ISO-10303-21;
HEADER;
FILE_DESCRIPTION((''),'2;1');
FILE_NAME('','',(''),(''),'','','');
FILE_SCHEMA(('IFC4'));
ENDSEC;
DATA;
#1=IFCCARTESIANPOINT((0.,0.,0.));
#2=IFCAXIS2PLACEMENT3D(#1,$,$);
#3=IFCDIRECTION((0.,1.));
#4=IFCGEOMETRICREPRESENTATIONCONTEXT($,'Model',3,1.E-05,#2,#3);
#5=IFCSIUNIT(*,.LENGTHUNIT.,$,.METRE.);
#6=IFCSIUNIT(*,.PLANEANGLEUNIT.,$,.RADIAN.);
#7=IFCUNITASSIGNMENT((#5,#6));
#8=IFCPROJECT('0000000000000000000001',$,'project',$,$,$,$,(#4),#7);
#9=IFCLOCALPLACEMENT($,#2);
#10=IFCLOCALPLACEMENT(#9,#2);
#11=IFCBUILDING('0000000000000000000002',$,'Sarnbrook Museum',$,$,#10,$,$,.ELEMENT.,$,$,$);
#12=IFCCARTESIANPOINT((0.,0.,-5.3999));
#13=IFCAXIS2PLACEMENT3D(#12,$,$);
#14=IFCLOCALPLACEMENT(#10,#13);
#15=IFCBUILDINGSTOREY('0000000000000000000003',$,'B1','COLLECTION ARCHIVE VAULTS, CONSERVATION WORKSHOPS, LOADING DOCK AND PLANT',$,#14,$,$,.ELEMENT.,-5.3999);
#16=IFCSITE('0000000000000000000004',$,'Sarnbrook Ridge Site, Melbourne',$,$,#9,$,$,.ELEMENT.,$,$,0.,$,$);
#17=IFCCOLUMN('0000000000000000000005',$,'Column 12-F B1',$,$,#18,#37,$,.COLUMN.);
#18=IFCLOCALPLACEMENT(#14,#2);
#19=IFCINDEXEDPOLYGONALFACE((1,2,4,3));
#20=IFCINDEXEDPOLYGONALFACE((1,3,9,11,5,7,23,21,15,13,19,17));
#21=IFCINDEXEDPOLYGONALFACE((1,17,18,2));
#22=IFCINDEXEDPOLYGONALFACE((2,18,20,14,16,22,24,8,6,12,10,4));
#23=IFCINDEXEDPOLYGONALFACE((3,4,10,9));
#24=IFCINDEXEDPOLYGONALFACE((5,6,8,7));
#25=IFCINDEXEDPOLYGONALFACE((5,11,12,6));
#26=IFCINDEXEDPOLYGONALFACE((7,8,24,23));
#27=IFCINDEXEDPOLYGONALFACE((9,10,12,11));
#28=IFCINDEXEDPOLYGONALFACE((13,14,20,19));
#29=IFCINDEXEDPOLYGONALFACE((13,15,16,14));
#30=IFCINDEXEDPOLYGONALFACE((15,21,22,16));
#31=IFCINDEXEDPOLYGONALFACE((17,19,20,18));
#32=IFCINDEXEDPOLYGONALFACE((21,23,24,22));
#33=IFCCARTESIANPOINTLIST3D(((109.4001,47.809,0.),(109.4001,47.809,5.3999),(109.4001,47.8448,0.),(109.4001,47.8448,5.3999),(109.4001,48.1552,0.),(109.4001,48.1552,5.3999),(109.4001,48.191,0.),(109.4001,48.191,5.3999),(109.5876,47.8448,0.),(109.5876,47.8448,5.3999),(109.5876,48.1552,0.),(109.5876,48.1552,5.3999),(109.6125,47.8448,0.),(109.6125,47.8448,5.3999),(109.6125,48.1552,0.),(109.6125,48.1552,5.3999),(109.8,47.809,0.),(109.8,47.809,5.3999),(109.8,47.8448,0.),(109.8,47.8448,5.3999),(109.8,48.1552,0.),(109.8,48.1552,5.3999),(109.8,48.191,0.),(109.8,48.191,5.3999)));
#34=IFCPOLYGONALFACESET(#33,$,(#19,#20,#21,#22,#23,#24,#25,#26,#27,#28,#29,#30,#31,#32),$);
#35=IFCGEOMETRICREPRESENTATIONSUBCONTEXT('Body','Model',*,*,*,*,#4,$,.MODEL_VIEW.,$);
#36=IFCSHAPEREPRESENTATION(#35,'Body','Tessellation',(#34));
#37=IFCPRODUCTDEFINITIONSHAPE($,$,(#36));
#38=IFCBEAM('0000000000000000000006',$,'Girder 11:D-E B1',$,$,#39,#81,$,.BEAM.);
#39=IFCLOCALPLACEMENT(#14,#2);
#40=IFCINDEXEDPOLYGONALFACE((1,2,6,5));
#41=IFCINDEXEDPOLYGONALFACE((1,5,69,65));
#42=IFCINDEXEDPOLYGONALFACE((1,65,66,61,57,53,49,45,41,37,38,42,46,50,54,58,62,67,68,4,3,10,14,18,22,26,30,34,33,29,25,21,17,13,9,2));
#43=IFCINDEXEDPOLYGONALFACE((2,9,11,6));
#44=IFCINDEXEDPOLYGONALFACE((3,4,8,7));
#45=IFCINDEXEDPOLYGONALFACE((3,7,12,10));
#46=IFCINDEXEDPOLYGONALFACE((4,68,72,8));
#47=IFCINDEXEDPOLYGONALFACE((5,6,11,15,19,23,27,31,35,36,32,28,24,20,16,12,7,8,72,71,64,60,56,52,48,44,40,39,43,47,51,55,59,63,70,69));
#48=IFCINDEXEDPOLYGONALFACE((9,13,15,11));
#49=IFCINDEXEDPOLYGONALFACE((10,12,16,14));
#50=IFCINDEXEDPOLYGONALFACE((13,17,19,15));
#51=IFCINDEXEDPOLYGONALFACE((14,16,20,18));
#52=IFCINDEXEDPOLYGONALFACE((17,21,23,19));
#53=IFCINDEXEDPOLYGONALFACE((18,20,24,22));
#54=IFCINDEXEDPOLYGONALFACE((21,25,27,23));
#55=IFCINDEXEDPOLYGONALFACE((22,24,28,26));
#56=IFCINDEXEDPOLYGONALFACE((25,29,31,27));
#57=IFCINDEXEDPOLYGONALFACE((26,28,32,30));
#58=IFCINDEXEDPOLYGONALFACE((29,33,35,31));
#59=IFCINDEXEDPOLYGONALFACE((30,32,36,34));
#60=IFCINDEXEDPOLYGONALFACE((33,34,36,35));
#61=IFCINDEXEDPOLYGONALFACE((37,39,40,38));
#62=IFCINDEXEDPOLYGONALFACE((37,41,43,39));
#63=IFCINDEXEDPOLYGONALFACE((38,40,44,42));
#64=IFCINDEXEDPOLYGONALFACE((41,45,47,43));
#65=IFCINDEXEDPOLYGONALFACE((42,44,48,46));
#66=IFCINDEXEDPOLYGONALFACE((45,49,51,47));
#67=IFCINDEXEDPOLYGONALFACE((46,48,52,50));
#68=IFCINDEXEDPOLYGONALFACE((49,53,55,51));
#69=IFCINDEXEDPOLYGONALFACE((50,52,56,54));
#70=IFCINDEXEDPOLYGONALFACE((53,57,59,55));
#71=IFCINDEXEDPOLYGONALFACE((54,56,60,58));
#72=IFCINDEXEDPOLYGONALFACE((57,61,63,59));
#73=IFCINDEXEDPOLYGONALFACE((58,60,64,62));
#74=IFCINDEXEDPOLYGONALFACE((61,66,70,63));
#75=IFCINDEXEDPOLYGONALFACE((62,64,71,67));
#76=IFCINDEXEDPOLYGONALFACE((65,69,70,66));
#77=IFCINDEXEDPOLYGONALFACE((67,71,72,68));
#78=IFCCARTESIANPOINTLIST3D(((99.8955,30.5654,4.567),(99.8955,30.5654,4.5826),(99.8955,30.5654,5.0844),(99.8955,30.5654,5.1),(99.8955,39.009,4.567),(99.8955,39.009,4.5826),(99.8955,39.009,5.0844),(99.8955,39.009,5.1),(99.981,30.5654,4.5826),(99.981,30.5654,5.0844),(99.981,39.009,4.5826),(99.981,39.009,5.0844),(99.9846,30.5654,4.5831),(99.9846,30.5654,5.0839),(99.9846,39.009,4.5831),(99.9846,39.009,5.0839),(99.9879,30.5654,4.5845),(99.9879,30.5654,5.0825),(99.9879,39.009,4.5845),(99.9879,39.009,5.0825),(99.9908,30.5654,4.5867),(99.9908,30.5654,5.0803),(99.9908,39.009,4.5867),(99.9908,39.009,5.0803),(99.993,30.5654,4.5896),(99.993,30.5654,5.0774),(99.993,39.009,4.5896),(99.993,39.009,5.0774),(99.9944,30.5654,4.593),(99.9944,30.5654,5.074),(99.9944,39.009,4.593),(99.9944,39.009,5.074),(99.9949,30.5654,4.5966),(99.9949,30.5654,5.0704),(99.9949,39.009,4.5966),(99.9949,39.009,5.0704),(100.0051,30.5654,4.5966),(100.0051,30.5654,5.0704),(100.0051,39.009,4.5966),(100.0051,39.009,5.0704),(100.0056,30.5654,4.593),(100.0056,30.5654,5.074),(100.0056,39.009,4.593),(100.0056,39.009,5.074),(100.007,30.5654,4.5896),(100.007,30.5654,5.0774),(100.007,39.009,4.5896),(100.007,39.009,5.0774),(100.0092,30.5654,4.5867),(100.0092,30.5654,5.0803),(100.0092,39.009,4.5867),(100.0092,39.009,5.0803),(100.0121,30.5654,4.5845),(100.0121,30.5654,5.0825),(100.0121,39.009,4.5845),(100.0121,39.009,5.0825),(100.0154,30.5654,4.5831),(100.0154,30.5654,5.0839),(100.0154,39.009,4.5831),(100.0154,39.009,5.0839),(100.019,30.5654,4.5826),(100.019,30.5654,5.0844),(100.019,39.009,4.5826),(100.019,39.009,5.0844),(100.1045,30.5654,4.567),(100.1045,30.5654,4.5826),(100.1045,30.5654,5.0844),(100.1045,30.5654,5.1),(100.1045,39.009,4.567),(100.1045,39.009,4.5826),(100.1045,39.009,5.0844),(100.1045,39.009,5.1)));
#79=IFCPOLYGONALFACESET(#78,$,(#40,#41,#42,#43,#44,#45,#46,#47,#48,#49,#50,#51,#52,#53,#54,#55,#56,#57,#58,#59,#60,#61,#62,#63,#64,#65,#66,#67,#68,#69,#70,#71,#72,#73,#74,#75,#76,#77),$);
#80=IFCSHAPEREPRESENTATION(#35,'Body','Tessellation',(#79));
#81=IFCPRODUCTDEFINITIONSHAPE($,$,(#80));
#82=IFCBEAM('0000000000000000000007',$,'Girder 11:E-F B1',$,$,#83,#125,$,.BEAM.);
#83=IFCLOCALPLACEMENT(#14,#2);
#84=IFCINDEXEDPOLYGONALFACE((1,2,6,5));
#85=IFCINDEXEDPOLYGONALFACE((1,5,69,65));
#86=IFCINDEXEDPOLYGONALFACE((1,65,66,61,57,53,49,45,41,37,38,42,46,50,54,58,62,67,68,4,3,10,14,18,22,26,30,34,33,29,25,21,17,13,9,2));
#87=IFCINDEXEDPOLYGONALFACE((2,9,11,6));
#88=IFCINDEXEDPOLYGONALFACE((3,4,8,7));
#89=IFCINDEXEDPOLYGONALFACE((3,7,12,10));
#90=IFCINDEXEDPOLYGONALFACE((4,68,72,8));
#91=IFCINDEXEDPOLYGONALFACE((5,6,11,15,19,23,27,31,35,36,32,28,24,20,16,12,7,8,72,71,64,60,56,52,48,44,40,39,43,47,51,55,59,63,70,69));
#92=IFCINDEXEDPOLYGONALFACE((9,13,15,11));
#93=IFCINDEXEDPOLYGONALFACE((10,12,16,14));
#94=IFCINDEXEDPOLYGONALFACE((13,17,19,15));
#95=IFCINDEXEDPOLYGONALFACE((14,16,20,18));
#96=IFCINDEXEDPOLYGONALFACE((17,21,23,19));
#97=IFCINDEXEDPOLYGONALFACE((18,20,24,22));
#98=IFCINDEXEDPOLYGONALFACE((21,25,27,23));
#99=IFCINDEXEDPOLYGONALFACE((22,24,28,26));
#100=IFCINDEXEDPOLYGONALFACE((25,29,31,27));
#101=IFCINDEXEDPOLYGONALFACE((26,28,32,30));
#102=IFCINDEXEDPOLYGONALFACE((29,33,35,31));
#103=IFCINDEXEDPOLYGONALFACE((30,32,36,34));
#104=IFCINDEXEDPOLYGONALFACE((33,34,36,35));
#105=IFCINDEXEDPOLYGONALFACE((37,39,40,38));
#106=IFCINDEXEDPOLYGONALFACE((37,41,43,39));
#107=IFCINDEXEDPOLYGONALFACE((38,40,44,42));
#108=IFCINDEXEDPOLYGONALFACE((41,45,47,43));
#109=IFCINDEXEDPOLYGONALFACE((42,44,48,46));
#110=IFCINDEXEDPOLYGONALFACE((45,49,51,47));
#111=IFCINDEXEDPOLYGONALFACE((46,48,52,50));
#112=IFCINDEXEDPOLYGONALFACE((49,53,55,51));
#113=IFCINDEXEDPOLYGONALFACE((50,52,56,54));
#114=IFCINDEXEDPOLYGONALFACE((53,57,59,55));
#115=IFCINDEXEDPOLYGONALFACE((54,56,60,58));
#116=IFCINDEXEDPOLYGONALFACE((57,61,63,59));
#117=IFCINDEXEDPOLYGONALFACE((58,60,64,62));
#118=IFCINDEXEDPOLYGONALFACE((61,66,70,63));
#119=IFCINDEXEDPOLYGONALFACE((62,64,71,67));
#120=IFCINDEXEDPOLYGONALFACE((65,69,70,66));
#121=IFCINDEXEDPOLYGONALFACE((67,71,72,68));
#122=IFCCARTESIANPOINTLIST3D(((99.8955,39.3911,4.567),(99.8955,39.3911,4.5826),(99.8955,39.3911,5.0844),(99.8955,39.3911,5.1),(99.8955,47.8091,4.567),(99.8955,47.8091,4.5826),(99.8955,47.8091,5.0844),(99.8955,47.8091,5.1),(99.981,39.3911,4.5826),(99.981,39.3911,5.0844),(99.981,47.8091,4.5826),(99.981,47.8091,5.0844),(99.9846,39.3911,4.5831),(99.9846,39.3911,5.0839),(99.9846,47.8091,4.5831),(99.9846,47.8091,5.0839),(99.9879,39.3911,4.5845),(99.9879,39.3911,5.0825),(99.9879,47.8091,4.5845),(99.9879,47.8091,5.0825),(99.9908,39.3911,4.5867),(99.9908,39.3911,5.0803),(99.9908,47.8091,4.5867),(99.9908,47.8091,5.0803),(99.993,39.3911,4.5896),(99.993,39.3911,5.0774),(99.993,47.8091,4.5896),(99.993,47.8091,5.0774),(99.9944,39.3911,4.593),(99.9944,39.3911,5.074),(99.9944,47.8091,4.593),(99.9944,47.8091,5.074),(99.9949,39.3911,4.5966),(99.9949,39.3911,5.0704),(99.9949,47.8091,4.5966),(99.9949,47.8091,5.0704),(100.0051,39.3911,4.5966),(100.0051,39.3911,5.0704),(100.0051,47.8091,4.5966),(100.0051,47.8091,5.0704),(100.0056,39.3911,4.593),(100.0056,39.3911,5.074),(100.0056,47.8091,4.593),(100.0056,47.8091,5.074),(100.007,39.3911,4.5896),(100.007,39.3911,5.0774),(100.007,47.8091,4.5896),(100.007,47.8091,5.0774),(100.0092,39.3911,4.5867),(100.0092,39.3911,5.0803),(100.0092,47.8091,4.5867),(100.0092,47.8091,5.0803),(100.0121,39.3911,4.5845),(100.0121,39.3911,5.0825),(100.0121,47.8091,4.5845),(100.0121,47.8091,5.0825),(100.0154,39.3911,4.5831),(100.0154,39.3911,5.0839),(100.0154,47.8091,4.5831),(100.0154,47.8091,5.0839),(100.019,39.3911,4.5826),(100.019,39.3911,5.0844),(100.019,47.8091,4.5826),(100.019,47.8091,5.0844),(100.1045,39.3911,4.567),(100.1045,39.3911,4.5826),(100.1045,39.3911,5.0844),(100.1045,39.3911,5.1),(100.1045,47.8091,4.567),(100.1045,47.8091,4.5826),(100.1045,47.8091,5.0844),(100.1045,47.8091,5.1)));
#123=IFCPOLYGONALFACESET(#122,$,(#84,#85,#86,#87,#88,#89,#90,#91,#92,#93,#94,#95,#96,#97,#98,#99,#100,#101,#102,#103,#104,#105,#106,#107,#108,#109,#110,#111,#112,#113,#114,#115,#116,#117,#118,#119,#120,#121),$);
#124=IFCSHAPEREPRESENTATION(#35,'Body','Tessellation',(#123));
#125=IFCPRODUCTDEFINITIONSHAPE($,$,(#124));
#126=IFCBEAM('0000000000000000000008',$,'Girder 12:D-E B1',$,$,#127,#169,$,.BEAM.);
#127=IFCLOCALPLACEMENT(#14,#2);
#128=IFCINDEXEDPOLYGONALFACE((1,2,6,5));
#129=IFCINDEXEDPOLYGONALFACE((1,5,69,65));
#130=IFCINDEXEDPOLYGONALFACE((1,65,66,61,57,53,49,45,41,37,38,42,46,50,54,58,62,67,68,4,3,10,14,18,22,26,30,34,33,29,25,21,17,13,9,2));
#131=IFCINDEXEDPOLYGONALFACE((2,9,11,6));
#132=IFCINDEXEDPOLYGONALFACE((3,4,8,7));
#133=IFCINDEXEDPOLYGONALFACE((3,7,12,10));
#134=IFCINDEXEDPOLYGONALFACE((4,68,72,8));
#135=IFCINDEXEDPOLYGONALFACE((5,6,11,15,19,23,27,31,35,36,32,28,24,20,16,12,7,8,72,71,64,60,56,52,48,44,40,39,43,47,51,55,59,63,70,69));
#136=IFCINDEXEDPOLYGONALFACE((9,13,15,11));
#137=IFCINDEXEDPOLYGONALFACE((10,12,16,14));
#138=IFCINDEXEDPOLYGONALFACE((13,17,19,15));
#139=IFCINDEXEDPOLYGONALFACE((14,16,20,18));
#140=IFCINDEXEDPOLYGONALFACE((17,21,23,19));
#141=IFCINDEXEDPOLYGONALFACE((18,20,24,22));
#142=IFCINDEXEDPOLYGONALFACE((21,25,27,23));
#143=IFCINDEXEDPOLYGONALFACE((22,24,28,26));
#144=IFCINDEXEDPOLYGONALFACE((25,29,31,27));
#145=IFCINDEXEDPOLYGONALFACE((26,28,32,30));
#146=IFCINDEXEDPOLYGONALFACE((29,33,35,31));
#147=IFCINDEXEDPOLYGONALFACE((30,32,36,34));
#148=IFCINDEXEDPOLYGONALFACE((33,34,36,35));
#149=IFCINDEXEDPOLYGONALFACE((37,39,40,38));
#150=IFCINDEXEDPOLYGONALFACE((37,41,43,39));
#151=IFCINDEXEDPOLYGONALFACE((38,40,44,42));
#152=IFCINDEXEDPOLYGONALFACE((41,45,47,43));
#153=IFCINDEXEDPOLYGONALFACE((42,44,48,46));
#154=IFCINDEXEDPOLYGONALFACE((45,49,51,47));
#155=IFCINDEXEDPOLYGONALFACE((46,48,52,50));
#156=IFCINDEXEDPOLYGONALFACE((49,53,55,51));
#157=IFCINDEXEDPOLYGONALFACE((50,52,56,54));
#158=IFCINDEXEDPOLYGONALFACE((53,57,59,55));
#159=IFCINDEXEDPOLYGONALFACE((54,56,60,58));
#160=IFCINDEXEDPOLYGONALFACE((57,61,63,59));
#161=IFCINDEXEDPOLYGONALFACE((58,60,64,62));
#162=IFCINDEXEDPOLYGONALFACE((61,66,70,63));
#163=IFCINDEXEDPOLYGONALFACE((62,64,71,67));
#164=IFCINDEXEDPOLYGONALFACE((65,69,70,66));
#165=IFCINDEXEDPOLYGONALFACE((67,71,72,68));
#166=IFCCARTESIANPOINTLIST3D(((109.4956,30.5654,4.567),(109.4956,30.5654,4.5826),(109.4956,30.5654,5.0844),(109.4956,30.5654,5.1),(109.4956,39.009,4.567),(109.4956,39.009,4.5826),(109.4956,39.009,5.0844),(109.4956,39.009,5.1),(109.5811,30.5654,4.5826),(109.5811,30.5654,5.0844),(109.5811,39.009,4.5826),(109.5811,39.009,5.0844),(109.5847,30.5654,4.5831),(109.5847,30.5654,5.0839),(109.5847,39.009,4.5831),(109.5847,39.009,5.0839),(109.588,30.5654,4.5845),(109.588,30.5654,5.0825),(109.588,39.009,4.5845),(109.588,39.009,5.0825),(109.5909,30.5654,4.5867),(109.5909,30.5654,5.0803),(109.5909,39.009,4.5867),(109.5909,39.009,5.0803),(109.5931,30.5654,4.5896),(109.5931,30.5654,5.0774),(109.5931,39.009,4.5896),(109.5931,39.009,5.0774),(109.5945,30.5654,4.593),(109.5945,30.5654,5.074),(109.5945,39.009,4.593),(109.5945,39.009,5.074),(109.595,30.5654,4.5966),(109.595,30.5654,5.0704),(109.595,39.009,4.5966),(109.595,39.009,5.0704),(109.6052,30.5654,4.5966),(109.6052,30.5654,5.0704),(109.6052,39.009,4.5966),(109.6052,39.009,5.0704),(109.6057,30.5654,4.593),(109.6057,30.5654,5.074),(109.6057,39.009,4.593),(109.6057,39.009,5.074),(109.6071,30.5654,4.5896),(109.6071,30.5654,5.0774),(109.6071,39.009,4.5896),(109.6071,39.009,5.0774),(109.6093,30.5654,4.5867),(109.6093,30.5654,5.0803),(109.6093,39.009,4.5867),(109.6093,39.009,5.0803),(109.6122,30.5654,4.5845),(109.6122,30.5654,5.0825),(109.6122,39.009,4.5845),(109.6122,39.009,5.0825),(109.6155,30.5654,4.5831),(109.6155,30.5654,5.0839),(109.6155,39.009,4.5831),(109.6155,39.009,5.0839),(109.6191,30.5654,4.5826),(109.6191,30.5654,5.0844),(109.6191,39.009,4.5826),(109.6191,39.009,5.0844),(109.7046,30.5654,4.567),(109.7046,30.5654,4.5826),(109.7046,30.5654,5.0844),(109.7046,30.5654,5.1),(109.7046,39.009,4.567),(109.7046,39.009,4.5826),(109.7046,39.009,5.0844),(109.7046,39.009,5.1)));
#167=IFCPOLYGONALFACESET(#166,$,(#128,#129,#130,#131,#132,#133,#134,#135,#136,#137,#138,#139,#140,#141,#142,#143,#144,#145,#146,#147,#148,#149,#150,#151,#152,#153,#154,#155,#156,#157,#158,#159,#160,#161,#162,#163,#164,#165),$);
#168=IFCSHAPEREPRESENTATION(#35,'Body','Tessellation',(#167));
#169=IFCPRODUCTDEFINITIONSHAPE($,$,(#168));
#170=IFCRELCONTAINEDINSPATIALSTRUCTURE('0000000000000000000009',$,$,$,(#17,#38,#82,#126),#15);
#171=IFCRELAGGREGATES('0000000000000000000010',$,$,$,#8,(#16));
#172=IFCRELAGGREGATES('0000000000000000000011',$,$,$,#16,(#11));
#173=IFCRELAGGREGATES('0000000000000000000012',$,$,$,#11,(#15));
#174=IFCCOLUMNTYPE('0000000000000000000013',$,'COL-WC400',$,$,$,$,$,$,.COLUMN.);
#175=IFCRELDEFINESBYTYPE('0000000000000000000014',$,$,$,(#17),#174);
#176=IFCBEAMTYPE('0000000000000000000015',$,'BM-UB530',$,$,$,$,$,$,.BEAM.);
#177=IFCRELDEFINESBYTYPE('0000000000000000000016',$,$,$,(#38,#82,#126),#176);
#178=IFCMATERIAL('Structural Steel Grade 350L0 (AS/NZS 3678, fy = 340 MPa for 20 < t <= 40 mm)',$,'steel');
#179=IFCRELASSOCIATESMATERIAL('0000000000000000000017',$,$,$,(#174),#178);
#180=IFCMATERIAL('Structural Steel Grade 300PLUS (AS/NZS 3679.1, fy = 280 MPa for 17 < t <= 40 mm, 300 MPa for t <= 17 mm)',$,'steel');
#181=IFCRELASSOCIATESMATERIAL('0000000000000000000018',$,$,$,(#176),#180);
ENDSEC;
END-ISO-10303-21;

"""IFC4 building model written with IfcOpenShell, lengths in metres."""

from ifc_helpers import new_model, si_unit, direction, frame, origin, origin_2d, place, context, subcontext, project, spatial, i_section, extrude, material, material_profile, profile_set, type_object, element, save


model = new_model("IFC4")

# Units and contexts
model_context = context("Model", 3, precision=1e-05, world=origin(), true_north=direction((0.0, 1.0)))
body_context = subcontext(model_context, "Body", "Model", "MODEL_VIEW")
ifc_project = project(units=[si_unit("LENGTHUNIT", "METRE"), si_unit("PLANEANGLEUNIT", "RADIAN")], contexts=[model_context])

# Site, building, storey
site_placement = place(None, origin())
site = spatial("IfcSite", under=ifc_project, at=site_placement, Name="Sarnbrook Ridge Site, Melbourne", CompositionType="ELEMENT", RefElevation=0.0)
building_placement = place(site_placement, origin())
building = spatial("IfcBuilding", under=site, at=building_placement, Name="Sarnbrook Museum", CompositionType="ELEMENT")
storey_placement = place(building_placement, frame((0.0, 0.0, -5.3999)))
storey = spatial("IfcBuildingStorey", under=building, at=storey_placement, Name="B1", Description="COLLECTION ARCHIVE VAULTS, CONSERVATION WORKSHOPS, LOADING DOCK AND PLANT", CompositionType="ELEMENT", Elevation=-5.3999)

# Column
ifc_material_1 = material(Name="Structural Steel Grade 350L0 (AS/NZS 3678, fy = 340 MPa for 20 < t <= 40 mm)", Category="steel")
ifc_material_profile_1 = material_profile(ifc_material_1, i_section(OverallWidth=0.3999, OverallDepth=0.3821, WebThickness=0.0249, FlangeThickness=0.0359, at=origin_2d()), Name="400WC270")
ifc_profile_set_1 = profile_set([ifc_material_profile_1], Name="Structural Steel Grade 350L0 (AS/NZS 3678, fy = 340 MPa for 20 < t <= 40 mm)")
column_type = type_object("IfcColumnType", Name="COL-WC400", PredefinedType="COLUMN", material=ifc_profile_set_1)
for number, where, z_axis, x_axis, name in (
    (1, (109.6001, 48.0, 0.0), (0.0, 0.0, 1.0), (1.0, 0.0, 0.0), "Column 12-F B1"),
):
    element("IfcColumn", number, at=place(storey_placement, frame(where, z_axis=z_axis, x_axis=x_axis)), inside=storey, type_object=column_type, Name=name, PredefinedType="COLUMN", context=body_context, shape_type="SweptSolid", body=[
        extrude(i_section(OverallWidth=0.3999, OverallDepth=0.3821, WebThickness=0.0249, FlangeThickness=0.0359, at=origin_2d()), origin(), (0.0, 0.0, 1.0), 5.3999),
    ])

# Beams
ifc_material_2 = material(Name="Structural Steel Grade 300PLUS (AS/NZS 3679.1, fy = 280 MPa for 17 < t <= 40 mm, 300 MPa for t <= 17 mm)", Category="steel")
ifc_material_profile_2 = material_profile(ifc_material_2, i_section(OverallWidth=0.209, OverallDepth=0.533, WebThickness=0.0103, FlangeThickness=0.0156, FilletRadius=0.0139, at=origin_2d()), Name="530UB92.4")
ifc_profile_set_2 = profile_set([ifc_material_profile_2], Name="Structural Steel Grade 300PLUS (AS/NZS 3679.1, fy = 280 MPa for 17 < t <= 40 mm, 300 MPa for t <= 17 mm)")
beam_type_1 = type_object("IfcBeamType", Name="BM-UB530", PredefinedType="BEAM", material=ifc_profile_set_2)
beam_1_placement = place(storey_placement, frame((100.0, 30.5654, 4.8335), z_axis=(0.0, 1.0, 0.0), x_axis=(-1.0, 0.0, 0.0)))
element("IfcBeam", 2, at=beam_1_placement, inside=storey, type_object=beam_type_1, Name="Girder 11:D-E B1", PredefinedType="BEAM", context=body_context, shape_type="SweptSolid", body=[
    extrude(i_section(OverallWidth=0.209, OverallDepth=0.533, WebThickness=0.0103, FlangeThickness=0.0156, FilletRadius=0.0139, at=origin_2d()), origin(), (0.0, 0.0, 1.0), 8.4436),
])
beam_2_placement = place(storey_placement, frame((100.0, 39.3911, 4.8335), z_axis=(0.0, 1.0, 0.0), x_axis=(-1.0, 0.0, 0.0)))
element("IfcBeam", 3, at=beam_2_placement, inside=storey, type_object=beam_type_1, Name="Girder 11:E-F B1", PredefinedType="BEAM", context=body_context, shape_type="SweptSolid", body=[
    extrude(i_section(OverallWidth=0.209, OverallDepth=0.533, WebThickness=0.0103, FlangeThickness=0.0156, FilletRadius=0.0139, at=origin_2d()), origin(), (0.0, 0.0, 1.0), 8.418),
])
beam_3_placement = place(storey_placement, frame((109.6001, 30.5654, 4.8335), z_axis=(0.0, 1.0, 0.0), x_axis=(-1.0, 0.0, 0.0)))
element("IfcBeam", 4, at=beam_3_placement, inside=storey, type_object=beam_type_1, Name="Girder 12:D-E B1", PredefinedType="BEAM", context=body_context, shape_type="SweptSolid", body=[
    extrude(i_section(OverallWidth=0.209, OverallDepth=0.533, WebThickness=0.0103, FlangeThickness=0.0156, FilletRadius=0.0139, at=origin_2d()), origin(), (0.0, 0.0, 1.0), 8.4436),
])

save(model, "model.ifc")
